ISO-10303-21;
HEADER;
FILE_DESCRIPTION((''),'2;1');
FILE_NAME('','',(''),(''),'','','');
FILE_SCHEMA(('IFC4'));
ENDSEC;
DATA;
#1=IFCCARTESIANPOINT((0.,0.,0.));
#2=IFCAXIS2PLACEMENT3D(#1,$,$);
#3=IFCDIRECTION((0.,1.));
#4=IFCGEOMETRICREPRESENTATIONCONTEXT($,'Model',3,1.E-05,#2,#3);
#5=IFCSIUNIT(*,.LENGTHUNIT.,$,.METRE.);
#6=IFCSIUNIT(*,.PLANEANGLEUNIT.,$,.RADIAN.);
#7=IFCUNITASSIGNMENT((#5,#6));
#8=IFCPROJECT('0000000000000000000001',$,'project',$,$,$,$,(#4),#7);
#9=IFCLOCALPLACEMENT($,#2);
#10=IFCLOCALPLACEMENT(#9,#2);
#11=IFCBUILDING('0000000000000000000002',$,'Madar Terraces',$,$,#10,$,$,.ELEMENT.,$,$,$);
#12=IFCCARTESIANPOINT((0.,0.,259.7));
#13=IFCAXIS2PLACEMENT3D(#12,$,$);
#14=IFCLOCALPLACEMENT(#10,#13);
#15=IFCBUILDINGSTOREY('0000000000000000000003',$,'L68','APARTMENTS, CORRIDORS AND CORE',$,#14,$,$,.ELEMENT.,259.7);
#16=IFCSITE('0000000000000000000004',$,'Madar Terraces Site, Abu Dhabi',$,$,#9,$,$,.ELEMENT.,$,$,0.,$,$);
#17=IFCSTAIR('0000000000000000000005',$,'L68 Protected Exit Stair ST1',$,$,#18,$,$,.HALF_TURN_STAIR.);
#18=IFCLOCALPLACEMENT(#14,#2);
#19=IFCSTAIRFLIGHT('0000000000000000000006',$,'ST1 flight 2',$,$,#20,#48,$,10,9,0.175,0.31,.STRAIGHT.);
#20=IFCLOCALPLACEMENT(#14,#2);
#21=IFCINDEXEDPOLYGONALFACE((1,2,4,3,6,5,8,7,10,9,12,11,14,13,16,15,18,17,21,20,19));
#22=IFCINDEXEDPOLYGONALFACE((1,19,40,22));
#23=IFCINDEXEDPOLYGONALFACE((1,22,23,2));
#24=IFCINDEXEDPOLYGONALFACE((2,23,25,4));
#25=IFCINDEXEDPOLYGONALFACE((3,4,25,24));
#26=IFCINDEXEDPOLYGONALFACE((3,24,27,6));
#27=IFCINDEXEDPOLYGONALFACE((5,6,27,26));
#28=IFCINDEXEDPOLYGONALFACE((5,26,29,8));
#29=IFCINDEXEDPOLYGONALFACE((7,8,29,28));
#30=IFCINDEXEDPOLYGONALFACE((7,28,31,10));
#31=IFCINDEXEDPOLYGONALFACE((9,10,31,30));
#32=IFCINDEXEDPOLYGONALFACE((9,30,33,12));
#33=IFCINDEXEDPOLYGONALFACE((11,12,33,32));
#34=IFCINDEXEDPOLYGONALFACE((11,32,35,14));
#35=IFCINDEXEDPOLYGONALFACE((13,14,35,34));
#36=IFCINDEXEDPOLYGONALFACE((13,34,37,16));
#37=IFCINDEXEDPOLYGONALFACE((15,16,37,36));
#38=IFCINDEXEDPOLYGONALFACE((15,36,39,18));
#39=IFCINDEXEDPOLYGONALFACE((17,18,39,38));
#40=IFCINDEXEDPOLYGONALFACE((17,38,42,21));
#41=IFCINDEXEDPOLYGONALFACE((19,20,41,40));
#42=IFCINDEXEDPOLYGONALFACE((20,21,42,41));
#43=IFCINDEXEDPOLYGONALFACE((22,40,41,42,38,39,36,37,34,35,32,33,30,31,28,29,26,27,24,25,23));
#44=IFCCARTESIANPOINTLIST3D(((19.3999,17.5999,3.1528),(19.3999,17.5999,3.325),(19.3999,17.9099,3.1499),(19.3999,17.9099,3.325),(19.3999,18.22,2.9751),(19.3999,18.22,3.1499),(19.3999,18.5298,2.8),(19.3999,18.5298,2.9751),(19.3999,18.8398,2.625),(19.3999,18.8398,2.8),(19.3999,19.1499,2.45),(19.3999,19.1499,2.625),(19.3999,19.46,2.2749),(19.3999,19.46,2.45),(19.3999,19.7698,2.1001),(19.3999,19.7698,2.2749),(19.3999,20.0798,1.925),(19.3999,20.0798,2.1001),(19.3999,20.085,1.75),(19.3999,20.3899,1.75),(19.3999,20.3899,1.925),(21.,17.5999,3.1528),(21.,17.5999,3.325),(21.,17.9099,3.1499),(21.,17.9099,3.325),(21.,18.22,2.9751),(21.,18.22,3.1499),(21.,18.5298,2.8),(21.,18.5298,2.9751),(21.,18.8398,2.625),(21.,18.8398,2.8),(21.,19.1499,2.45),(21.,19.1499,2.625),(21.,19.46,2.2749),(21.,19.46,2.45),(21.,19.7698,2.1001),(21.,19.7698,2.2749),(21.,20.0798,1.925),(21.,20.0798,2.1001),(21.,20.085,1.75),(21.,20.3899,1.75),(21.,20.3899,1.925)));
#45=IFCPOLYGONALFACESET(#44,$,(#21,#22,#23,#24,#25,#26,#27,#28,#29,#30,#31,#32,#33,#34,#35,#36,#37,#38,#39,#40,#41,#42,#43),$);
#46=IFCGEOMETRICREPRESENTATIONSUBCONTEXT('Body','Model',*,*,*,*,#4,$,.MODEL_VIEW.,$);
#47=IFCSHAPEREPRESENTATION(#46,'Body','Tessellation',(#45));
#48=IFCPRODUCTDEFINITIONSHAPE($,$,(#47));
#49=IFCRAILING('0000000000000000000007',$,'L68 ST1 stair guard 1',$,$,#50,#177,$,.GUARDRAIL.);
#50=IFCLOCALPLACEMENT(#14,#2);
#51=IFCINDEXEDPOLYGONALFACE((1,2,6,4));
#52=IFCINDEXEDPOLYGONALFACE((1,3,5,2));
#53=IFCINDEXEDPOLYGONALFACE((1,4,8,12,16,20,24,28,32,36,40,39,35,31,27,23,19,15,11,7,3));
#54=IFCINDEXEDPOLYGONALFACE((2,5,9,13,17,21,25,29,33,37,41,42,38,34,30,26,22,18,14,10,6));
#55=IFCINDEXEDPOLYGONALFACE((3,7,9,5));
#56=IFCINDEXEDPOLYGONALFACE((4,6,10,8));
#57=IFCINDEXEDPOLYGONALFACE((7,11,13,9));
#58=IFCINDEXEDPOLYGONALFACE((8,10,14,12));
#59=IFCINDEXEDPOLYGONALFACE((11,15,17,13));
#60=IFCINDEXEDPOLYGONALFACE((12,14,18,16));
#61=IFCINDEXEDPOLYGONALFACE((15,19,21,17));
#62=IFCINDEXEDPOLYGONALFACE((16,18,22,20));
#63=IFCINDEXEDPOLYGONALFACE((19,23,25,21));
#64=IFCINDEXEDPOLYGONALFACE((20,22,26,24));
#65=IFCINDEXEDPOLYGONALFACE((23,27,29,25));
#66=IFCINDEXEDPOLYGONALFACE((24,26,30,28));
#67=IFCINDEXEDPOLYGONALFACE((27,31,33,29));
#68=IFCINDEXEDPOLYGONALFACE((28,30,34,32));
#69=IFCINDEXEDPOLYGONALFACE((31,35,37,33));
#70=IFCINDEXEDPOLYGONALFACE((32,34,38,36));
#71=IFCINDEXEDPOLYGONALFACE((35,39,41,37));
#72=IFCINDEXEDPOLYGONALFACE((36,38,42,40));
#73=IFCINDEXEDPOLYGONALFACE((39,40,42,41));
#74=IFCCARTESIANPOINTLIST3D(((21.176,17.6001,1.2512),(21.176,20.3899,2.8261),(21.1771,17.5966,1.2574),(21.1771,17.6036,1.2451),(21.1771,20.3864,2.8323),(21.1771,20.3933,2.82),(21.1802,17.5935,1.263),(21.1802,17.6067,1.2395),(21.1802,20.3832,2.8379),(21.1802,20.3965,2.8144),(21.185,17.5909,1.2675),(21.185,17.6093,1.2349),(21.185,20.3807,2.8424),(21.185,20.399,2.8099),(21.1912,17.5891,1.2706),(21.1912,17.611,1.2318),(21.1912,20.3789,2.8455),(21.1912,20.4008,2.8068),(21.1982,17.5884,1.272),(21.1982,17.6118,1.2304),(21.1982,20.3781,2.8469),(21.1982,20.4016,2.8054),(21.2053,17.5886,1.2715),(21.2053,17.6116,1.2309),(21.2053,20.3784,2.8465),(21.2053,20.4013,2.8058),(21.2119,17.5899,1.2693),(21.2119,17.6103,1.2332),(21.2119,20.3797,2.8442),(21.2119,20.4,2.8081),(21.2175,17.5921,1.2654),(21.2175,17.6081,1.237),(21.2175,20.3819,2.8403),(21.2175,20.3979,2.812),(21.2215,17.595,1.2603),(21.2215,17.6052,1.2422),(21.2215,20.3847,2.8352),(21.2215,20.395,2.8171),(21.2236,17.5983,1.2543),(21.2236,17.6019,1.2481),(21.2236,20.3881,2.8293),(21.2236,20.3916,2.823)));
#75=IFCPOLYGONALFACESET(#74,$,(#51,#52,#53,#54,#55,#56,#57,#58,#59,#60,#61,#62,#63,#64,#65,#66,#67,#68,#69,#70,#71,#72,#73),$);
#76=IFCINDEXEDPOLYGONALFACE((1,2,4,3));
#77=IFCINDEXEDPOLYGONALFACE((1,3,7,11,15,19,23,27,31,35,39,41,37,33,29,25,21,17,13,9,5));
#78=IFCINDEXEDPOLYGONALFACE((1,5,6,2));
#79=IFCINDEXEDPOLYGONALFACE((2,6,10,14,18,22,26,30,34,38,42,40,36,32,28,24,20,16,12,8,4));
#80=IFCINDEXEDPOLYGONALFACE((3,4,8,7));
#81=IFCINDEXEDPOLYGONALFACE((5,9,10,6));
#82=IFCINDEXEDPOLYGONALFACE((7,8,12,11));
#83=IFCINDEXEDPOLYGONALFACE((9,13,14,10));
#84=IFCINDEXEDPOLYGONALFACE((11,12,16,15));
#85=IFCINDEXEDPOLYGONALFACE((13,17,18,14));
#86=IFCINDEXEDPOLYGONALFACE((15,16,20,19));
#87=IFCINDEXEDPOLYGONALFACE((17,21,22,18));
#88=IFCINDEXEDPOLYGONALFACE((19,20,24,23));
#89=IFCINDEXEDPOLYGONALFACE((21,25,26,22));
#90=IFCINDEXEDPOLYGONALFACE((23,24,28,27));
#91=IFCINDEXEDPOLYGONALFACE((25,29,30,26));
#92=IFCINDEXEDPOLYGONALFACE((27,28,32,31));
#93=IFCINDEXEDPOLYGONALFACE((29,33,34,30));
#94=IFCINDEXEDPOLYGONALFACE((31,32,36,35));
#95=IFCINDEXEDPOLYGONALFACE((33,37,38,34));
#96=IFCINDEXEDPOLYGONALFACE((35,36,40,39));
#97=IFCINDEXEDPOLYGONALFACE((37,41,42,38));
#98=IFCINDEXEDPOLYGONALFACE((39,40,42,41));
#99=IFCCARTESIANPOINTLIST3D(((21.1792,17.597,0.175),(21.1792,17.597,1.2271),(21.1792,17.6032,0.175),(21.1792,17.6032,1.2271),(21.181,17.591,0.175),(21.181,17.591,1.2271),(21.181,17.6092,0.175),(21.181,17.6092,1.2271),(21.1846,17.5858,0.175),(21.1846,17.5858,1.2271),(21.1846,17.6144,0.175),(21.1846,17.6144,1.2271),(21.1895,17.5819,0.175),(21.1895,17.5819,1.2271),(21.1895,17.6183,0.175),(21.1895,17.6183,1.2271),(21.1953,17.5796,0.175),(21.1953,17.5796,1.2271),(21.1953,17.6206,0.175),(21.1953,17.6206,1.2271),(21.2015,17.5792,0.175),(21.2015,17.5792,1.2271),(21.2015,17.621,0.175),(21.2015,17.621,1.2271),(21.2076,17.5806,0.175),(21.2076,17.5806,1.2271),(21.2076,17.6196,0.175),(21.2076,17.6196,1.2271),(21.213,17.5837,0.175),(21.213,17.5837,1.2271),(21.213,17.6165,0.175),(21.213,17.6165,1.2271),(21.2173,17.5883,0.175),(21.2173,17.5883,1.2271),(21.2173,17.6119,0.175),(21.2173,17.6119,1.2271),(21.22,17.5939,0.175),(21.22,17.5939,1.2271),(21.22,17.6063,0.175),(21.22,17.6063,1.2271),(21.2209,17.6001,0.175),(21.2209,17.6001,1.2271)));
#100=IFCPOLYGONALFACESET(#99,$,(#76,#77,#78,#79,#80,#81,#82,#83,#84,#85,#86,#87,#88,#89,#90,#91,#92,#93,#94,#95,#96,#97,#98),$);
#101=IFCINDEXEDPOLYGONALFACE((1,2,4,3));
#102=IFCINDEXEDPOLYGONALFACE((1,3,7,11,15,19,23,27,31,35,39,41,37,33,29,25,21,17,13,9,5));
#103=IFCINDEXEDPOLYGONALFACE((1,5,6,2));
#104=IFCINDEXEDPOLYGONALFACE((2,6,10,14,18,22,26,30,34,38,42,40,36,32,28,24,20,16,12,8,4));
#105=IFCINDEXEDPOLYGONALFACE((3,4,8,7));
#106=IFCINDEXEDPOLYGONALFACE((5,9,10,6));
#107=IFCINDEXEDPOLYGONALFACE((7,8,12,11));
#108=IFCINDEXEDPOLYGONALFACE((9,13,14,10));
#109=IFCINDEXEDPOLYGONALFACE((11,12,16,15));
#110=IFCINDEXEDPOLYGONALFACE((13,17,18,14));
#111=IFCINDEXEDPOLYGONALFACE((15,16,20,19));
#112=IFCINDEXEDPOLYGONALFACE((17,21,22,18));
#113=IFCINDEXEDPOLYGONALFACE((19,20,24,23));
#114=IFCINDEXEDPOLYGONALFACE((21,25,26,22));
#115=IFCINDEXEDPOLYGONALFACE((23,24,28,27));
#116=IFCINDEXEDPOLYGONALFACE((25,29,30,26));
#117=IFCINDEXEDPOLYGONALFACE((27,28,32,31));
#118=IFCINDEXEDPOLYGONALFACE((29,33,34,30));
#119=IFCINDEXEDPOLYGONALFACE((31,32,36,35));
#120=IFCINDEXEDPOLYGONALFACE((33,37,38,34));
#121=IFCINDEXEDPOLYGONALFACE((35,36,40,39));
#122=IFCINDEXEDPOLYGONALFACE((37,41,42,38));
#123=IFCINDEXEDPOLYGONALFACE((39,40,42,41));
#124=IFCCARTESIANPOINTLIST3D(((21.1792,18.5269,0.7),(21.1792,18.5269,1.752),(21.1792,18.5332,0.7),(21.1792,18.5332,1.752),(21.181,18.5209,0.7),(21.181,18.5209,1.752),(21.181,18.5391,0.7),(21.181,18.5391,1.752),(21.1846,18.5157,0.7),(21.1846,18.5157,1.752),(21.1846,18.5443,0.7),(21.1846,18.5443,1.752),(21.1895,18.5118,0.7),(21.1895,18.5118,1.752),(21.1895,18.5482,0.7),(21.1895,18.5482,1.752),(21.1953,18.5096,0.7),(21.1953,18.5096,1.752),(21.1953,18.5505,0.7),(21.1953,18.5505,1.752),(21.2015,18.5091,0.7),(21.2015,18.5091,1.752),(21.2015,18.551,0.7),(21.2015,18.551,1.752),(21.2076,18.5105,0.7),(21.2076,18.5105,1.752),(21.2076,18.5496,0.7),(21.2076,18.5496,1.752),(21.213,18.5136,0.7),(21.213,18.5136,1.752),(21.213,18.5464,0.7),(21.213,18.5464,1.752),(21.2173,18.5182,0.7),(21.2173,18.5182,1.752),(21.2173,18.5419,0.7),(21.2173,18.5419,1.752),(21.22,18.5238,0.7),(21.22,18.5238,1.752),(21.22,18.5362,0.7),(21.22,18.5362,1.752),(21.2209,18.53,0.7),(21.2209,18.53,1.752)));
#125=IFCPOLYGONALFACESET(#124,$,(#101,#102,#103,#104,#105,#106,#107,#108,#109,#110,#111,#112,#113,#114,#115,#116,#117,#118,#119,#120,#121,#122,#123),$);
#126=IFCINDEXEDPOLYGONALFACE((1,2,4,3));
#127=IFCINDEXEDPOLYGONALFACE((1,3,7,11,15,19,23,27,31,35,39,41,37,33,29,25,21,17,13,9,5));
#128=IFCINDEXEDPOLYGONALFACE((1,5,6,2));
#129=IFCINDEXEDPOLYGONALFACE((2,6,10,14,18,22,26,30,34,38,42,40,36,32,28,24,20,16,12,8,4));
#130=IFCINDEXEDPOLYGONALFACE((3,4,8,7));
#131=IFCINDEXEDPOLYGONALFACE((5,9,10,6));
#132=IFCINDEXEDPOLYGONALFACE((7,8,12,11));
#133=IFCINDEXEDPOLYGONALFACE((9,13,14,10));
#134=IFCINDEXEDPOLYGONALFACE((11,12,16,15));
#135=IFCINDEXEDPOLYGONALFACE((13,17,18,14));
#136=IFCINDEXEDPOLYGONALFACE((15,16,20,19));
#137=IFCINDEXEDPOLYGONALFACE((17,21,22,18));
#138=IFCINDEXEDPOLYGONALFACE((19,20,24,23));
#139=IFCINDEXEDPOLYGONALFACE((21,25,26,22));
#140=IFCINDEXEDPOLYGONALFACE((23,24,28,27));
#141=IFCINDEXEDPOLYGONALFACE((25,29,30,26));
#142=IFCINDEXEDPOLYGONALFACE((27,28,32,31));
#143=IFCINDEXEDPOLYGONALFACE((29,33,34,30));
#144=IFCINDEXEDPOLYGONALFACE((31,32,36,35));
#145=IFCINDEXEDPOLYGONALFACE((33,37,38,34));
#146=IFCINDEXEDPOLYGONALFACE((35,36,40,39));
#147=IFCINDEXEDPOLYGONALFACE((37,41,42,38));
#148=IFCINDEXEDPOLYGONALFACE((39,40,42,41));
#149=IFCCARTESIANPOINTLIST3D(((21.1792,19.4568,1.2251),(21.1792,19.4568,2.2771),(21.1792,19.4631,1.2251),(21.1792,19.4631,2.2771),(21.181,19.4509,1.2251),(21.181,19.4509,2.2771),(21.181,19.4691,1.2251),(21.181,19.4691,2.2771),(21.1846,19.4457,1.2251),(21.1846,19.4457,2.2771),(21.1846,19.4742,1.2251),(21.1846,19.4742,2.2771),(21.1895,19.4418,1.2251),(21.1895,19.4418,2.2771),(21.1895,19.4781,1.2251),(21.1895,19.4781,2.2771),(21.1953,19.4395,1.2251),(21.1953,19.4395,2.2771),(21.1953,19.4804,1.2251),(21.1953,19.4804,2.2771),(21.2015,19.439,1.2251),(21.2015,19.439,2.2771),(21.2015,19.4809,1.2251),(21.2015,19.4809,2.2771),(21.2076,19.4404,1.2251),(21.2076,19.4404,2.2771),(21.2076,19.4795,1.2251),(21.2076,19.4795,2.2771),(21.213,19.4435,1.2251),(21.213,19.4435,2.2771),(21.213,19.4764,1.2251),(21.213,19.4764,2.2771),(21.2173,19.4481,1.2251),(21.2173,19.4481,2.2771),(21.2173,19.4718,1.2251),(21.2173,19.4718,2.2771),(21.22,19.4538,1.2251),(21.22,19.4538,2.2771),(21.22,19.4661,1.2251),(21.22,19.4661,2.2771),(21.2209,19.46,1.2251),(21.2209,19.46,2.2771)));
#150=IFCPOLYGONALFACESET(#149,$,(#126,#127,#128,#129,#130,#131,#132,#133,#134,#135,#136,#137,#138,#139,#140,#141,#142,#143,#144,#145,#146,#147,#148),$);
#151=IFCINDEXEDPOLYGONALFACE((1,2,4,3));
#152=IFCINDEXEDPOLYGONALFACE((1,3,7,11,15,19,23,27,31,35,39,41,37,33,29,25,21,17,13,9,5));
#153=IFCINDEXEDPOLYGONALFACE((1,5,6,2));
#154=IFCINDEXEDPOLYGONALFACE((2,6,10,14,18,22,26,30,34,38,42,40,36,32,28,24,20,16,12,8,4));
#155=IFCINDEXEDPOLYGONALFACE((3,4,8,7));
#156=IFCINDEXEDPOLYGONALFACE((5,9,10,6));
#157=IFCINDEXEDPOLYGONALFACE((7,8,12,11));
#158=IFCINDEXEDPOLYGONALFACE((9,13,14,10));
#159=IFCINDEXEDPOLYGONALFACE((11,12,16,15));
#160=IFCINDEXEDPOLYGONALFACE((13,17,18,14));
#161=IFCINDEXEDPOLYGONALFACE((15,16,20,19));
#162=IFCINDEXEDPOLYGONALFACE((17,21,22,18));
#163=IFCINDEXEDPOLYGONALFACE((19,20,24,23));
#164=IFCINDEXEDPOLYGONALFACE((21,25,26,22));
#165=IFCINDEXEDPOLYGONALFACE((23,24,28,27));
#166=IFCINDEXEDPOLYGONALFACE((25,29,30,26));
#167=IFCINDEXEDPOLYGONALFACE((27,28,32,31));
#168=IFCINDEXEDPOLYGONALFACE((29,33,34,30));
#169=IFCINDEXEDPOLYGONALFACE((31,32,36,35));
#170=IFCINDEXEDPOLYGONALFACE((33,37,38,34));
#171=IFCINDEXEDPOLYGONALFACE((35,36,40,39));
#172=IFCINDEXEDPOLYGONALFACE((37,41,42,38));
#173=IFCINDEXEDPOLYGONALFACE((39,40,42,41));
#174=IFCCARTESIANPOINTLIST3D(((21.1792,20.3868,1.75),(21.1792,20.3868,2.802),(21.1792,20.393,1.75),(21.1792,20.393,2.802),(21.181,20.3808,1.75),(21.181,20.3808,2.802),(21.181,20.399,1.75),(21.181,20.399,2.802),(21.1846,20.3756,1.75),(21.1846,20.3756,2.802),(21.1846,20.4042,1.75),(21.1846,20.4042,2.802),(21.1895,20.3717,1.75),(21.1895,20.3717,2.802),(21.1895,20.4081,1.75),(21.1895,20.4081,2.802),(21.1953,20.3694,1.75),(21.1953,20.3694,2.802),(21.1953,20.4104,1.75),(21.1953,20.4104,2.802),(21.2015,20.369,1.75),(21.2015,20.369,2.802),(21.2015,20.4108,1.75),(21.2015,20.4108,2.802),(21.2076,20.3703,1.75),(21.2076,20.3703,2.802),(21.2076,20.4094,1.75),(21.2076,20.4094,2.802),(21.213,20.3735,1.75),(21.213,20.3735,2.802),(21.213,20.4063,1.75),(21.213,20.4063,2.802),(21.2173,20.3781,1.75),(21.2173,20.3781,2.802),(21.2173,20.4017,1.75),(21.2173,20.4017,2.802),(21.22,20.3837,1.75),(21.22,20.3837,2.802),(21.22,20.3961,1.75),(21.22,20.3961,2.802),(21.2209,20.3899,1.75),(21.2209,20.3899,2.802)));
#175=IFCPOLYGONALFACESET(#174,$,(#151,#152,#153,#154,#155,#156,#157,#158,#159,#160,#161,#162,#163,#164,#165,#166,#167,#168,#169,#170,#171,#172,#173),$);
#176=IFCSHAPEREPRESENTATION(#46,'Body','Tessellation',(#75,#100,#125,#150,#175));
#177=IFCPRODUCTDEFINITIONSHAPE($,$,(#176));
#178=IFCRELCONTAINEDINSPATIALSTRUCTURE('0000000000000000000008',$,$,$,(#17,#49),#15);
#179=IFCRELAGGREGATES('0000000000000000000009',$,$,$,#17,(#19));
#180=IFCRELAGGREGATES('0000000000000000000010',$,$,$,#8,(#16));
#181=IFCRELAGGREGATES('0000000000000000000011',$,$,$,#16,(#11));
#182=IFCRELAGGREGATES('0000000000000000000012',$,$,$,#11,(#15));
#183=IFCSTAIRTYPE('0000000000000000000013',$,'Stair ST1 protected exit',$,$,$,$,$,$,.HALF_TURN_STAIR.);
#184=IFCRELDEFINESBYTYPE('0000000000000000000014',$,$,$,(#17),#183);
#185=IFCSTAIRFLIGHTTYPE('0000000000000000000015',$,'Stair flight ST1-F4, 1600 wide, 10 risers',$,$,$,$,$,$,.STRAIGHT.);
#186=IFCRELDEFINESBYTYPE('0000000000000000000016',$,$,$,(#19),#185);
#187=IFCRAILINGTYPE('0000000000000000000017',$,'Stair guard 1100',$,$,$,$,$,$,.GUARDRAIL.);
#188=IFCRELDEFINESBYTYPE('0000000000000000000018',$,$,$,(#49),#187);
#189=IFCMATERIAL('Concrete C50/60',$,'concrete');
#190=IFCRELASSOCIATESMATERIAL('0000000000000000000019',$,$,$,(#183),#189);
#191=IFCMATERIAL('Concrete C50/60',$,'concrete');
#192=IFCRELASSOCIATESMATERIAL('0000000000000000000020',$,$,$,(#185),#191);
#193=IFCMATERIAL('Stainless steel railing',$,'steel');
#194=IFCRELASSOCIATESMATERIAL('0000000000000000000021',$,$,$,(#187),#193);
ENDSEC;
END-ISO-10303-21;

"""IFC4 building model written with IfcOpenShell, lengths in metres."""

from ifc_helpers import new_model, si_unit, direction, frame, origin, origin_2d, place, context, subcontext, project, spatial, polyline, circle, outline, extrude, material, type_object, element, aggregate, save


model = new_model("IFC4")

# Units and contexts
model_context = context("Model", 3, precision=1e-05, world=origin(), true_north=direction((0.0, 1.0)))
body_context = subcontext(model_context, "Body", "Model", "MODEL_VIEW")
ifc_project = project(units=[si_unit("LENGTHUNIT", "METRE"), si_unit("PLANEANGLEUNIT", "RADIAN")], contexts=[model_context])

# Site, building, storey
site_placement = place(None, origin())
site = spatial("IfcSite", under=ifc_project, at=site_placement, Name="Madar Terraces Site, Abu Dhabi", CompositionType="ELEMENT", RefElevation=0.0)
building_placement = place(site_placement, origin())
building = spatial("IfcBuilding", under=site, at=building_placement, Name="Madar Terraces", CompositionType="ELEMENT")
storey_placement = place(building_placement, frame((0.0, 0.0, 259.7)))
storey = spatial("IfcBuildingStorey", under=building, at=storey_placement, Name="L68", Description="APARTMENTS, CORRIDORS AND CORE", CompositionType="ELEMENT", Elevation=259.7)

# Stair, stair flight
ifc_material_1 = material(Name="Concrete C50/60", Category="concrete")
stair_type = type_object("IfcStairType", Name="Stair ST1 protected exit", PredefinedType="HALF_TURN_STAIR", material=ifc_material_1)
stair_placement = place(storey_placement, origin())
stair = element("IfcStair", 1, at=stair_placement, inside=storey, type_object=stair_type, Name="L68 Protected Exit Stair ST1", PredefinedType="HALF_TURN_STAIR")
ifc_material_2 = material(Name="Concrete C50/60", Category="concrete")
stair_flight_type = type_object("IfcStairFlightType", Name="Stair flight ST1-F4, 1600 wide, 10 risers", PredefinedType="STRAIGHT", material=ifc_material_2)
stair_flight_placement = place(storey_placement, frame((20.2, 20.3899, 1.75), z_axis=(0.0, 0.0, 1.0), x_axis=(0.0, -1.0, 0.0)))
stair_flight = element("IfcStairFlight", 2, at=stair_flight_placement, type_object=stair_flight_type, Name="ST1 flight 2", NumberOfRisers=10, NumberOfTreads=9, PredefinedType="STRAIGHT", RiserHeight=0.175, TreadLength=0.31, context=body_context, shape_type="SweptSolid", body=[
    extrude(outline(polyline([(0.0, 0.0), (0.0, 0.175), (0.3101, 0.175), (0.3101, 0.3501), (0.6201, 0.3501), (0.6201, 0.5249), (0.9299, 0.5249), (0.9299, 0.7), (1.24, 0.7), (1.24, 0.875), (1.55, 0.875), (1.55, 1.05), (1.8601, 1.05), (1.8601, 1.2251), (2.1699, 1.2251), (2.1699, 1.3999), (2.48, 1.3999), (2.48, 1.575), (2.79, 1.575), (2.79, 1.75), (2.79, 1.4028), (0.3049, 0.0), (0.0, 0.0)])), frame((0.0, 0.8, 0.0), z_axis=(0.0, -1.0, 0.0), x_axis=(1.0, 0.0, 0.0)), (0.0, 0.0, 1.0), 1.6001),
])
aggregate(stair, [stair_flight])

# Railing
ifc_material_3 = material(Name="Stainless steel railing", Category="steel")
railing_type_1 = type_object("IfcRailingType", Name="Stair guard 1100", PredefinedType="GUARDRAIL", material=ifc_material_3)
railing_1_placement = place(storey_placement, frame((21.2, 17.6001, 0.175)))
element("IfcRailing", 3, at=railing_1_placement, inside=storey, type_object=railing_type_1, Name="L68 ST1 stair guard 1", PredefinedType="GUARDRAIL", context=body_context, shape_type="SweptSolid", body=[
    extrude(circle(Radius=0.0239, at=origin_2d()), frame((0.0, 0.0, 1.0762), z_axis=(0.0, 0.870815, 0.49161), x_axis=(-1.0, 0.0, 0.0)), (0.0, 0.0, 1.0), 3.2036),
    extrude(circle(Radius=0.021, at=origin_2d()), origin(), (0.0, 0.0, 1.0), 1.052),
    extrude(circle(Radius=0.021, at=origin_2d()), frame((0.0, 0.9299, 0.5249)), (0.0, 0.0, 1.0), 1.052),
    extrude(circle(Radius=0.021, at=origin_2d()), frame((0.0, 1.8599, 1.05)), (0.0, 0.0, 1.0), 1.052),
    extrude(circle(Radius=0.021, at=origin_2d()), frame((0.0, 2.7898, 1.575)), (0.0, 0.0, 1.0), 1.052),
])

save(model, "model.ifc")
